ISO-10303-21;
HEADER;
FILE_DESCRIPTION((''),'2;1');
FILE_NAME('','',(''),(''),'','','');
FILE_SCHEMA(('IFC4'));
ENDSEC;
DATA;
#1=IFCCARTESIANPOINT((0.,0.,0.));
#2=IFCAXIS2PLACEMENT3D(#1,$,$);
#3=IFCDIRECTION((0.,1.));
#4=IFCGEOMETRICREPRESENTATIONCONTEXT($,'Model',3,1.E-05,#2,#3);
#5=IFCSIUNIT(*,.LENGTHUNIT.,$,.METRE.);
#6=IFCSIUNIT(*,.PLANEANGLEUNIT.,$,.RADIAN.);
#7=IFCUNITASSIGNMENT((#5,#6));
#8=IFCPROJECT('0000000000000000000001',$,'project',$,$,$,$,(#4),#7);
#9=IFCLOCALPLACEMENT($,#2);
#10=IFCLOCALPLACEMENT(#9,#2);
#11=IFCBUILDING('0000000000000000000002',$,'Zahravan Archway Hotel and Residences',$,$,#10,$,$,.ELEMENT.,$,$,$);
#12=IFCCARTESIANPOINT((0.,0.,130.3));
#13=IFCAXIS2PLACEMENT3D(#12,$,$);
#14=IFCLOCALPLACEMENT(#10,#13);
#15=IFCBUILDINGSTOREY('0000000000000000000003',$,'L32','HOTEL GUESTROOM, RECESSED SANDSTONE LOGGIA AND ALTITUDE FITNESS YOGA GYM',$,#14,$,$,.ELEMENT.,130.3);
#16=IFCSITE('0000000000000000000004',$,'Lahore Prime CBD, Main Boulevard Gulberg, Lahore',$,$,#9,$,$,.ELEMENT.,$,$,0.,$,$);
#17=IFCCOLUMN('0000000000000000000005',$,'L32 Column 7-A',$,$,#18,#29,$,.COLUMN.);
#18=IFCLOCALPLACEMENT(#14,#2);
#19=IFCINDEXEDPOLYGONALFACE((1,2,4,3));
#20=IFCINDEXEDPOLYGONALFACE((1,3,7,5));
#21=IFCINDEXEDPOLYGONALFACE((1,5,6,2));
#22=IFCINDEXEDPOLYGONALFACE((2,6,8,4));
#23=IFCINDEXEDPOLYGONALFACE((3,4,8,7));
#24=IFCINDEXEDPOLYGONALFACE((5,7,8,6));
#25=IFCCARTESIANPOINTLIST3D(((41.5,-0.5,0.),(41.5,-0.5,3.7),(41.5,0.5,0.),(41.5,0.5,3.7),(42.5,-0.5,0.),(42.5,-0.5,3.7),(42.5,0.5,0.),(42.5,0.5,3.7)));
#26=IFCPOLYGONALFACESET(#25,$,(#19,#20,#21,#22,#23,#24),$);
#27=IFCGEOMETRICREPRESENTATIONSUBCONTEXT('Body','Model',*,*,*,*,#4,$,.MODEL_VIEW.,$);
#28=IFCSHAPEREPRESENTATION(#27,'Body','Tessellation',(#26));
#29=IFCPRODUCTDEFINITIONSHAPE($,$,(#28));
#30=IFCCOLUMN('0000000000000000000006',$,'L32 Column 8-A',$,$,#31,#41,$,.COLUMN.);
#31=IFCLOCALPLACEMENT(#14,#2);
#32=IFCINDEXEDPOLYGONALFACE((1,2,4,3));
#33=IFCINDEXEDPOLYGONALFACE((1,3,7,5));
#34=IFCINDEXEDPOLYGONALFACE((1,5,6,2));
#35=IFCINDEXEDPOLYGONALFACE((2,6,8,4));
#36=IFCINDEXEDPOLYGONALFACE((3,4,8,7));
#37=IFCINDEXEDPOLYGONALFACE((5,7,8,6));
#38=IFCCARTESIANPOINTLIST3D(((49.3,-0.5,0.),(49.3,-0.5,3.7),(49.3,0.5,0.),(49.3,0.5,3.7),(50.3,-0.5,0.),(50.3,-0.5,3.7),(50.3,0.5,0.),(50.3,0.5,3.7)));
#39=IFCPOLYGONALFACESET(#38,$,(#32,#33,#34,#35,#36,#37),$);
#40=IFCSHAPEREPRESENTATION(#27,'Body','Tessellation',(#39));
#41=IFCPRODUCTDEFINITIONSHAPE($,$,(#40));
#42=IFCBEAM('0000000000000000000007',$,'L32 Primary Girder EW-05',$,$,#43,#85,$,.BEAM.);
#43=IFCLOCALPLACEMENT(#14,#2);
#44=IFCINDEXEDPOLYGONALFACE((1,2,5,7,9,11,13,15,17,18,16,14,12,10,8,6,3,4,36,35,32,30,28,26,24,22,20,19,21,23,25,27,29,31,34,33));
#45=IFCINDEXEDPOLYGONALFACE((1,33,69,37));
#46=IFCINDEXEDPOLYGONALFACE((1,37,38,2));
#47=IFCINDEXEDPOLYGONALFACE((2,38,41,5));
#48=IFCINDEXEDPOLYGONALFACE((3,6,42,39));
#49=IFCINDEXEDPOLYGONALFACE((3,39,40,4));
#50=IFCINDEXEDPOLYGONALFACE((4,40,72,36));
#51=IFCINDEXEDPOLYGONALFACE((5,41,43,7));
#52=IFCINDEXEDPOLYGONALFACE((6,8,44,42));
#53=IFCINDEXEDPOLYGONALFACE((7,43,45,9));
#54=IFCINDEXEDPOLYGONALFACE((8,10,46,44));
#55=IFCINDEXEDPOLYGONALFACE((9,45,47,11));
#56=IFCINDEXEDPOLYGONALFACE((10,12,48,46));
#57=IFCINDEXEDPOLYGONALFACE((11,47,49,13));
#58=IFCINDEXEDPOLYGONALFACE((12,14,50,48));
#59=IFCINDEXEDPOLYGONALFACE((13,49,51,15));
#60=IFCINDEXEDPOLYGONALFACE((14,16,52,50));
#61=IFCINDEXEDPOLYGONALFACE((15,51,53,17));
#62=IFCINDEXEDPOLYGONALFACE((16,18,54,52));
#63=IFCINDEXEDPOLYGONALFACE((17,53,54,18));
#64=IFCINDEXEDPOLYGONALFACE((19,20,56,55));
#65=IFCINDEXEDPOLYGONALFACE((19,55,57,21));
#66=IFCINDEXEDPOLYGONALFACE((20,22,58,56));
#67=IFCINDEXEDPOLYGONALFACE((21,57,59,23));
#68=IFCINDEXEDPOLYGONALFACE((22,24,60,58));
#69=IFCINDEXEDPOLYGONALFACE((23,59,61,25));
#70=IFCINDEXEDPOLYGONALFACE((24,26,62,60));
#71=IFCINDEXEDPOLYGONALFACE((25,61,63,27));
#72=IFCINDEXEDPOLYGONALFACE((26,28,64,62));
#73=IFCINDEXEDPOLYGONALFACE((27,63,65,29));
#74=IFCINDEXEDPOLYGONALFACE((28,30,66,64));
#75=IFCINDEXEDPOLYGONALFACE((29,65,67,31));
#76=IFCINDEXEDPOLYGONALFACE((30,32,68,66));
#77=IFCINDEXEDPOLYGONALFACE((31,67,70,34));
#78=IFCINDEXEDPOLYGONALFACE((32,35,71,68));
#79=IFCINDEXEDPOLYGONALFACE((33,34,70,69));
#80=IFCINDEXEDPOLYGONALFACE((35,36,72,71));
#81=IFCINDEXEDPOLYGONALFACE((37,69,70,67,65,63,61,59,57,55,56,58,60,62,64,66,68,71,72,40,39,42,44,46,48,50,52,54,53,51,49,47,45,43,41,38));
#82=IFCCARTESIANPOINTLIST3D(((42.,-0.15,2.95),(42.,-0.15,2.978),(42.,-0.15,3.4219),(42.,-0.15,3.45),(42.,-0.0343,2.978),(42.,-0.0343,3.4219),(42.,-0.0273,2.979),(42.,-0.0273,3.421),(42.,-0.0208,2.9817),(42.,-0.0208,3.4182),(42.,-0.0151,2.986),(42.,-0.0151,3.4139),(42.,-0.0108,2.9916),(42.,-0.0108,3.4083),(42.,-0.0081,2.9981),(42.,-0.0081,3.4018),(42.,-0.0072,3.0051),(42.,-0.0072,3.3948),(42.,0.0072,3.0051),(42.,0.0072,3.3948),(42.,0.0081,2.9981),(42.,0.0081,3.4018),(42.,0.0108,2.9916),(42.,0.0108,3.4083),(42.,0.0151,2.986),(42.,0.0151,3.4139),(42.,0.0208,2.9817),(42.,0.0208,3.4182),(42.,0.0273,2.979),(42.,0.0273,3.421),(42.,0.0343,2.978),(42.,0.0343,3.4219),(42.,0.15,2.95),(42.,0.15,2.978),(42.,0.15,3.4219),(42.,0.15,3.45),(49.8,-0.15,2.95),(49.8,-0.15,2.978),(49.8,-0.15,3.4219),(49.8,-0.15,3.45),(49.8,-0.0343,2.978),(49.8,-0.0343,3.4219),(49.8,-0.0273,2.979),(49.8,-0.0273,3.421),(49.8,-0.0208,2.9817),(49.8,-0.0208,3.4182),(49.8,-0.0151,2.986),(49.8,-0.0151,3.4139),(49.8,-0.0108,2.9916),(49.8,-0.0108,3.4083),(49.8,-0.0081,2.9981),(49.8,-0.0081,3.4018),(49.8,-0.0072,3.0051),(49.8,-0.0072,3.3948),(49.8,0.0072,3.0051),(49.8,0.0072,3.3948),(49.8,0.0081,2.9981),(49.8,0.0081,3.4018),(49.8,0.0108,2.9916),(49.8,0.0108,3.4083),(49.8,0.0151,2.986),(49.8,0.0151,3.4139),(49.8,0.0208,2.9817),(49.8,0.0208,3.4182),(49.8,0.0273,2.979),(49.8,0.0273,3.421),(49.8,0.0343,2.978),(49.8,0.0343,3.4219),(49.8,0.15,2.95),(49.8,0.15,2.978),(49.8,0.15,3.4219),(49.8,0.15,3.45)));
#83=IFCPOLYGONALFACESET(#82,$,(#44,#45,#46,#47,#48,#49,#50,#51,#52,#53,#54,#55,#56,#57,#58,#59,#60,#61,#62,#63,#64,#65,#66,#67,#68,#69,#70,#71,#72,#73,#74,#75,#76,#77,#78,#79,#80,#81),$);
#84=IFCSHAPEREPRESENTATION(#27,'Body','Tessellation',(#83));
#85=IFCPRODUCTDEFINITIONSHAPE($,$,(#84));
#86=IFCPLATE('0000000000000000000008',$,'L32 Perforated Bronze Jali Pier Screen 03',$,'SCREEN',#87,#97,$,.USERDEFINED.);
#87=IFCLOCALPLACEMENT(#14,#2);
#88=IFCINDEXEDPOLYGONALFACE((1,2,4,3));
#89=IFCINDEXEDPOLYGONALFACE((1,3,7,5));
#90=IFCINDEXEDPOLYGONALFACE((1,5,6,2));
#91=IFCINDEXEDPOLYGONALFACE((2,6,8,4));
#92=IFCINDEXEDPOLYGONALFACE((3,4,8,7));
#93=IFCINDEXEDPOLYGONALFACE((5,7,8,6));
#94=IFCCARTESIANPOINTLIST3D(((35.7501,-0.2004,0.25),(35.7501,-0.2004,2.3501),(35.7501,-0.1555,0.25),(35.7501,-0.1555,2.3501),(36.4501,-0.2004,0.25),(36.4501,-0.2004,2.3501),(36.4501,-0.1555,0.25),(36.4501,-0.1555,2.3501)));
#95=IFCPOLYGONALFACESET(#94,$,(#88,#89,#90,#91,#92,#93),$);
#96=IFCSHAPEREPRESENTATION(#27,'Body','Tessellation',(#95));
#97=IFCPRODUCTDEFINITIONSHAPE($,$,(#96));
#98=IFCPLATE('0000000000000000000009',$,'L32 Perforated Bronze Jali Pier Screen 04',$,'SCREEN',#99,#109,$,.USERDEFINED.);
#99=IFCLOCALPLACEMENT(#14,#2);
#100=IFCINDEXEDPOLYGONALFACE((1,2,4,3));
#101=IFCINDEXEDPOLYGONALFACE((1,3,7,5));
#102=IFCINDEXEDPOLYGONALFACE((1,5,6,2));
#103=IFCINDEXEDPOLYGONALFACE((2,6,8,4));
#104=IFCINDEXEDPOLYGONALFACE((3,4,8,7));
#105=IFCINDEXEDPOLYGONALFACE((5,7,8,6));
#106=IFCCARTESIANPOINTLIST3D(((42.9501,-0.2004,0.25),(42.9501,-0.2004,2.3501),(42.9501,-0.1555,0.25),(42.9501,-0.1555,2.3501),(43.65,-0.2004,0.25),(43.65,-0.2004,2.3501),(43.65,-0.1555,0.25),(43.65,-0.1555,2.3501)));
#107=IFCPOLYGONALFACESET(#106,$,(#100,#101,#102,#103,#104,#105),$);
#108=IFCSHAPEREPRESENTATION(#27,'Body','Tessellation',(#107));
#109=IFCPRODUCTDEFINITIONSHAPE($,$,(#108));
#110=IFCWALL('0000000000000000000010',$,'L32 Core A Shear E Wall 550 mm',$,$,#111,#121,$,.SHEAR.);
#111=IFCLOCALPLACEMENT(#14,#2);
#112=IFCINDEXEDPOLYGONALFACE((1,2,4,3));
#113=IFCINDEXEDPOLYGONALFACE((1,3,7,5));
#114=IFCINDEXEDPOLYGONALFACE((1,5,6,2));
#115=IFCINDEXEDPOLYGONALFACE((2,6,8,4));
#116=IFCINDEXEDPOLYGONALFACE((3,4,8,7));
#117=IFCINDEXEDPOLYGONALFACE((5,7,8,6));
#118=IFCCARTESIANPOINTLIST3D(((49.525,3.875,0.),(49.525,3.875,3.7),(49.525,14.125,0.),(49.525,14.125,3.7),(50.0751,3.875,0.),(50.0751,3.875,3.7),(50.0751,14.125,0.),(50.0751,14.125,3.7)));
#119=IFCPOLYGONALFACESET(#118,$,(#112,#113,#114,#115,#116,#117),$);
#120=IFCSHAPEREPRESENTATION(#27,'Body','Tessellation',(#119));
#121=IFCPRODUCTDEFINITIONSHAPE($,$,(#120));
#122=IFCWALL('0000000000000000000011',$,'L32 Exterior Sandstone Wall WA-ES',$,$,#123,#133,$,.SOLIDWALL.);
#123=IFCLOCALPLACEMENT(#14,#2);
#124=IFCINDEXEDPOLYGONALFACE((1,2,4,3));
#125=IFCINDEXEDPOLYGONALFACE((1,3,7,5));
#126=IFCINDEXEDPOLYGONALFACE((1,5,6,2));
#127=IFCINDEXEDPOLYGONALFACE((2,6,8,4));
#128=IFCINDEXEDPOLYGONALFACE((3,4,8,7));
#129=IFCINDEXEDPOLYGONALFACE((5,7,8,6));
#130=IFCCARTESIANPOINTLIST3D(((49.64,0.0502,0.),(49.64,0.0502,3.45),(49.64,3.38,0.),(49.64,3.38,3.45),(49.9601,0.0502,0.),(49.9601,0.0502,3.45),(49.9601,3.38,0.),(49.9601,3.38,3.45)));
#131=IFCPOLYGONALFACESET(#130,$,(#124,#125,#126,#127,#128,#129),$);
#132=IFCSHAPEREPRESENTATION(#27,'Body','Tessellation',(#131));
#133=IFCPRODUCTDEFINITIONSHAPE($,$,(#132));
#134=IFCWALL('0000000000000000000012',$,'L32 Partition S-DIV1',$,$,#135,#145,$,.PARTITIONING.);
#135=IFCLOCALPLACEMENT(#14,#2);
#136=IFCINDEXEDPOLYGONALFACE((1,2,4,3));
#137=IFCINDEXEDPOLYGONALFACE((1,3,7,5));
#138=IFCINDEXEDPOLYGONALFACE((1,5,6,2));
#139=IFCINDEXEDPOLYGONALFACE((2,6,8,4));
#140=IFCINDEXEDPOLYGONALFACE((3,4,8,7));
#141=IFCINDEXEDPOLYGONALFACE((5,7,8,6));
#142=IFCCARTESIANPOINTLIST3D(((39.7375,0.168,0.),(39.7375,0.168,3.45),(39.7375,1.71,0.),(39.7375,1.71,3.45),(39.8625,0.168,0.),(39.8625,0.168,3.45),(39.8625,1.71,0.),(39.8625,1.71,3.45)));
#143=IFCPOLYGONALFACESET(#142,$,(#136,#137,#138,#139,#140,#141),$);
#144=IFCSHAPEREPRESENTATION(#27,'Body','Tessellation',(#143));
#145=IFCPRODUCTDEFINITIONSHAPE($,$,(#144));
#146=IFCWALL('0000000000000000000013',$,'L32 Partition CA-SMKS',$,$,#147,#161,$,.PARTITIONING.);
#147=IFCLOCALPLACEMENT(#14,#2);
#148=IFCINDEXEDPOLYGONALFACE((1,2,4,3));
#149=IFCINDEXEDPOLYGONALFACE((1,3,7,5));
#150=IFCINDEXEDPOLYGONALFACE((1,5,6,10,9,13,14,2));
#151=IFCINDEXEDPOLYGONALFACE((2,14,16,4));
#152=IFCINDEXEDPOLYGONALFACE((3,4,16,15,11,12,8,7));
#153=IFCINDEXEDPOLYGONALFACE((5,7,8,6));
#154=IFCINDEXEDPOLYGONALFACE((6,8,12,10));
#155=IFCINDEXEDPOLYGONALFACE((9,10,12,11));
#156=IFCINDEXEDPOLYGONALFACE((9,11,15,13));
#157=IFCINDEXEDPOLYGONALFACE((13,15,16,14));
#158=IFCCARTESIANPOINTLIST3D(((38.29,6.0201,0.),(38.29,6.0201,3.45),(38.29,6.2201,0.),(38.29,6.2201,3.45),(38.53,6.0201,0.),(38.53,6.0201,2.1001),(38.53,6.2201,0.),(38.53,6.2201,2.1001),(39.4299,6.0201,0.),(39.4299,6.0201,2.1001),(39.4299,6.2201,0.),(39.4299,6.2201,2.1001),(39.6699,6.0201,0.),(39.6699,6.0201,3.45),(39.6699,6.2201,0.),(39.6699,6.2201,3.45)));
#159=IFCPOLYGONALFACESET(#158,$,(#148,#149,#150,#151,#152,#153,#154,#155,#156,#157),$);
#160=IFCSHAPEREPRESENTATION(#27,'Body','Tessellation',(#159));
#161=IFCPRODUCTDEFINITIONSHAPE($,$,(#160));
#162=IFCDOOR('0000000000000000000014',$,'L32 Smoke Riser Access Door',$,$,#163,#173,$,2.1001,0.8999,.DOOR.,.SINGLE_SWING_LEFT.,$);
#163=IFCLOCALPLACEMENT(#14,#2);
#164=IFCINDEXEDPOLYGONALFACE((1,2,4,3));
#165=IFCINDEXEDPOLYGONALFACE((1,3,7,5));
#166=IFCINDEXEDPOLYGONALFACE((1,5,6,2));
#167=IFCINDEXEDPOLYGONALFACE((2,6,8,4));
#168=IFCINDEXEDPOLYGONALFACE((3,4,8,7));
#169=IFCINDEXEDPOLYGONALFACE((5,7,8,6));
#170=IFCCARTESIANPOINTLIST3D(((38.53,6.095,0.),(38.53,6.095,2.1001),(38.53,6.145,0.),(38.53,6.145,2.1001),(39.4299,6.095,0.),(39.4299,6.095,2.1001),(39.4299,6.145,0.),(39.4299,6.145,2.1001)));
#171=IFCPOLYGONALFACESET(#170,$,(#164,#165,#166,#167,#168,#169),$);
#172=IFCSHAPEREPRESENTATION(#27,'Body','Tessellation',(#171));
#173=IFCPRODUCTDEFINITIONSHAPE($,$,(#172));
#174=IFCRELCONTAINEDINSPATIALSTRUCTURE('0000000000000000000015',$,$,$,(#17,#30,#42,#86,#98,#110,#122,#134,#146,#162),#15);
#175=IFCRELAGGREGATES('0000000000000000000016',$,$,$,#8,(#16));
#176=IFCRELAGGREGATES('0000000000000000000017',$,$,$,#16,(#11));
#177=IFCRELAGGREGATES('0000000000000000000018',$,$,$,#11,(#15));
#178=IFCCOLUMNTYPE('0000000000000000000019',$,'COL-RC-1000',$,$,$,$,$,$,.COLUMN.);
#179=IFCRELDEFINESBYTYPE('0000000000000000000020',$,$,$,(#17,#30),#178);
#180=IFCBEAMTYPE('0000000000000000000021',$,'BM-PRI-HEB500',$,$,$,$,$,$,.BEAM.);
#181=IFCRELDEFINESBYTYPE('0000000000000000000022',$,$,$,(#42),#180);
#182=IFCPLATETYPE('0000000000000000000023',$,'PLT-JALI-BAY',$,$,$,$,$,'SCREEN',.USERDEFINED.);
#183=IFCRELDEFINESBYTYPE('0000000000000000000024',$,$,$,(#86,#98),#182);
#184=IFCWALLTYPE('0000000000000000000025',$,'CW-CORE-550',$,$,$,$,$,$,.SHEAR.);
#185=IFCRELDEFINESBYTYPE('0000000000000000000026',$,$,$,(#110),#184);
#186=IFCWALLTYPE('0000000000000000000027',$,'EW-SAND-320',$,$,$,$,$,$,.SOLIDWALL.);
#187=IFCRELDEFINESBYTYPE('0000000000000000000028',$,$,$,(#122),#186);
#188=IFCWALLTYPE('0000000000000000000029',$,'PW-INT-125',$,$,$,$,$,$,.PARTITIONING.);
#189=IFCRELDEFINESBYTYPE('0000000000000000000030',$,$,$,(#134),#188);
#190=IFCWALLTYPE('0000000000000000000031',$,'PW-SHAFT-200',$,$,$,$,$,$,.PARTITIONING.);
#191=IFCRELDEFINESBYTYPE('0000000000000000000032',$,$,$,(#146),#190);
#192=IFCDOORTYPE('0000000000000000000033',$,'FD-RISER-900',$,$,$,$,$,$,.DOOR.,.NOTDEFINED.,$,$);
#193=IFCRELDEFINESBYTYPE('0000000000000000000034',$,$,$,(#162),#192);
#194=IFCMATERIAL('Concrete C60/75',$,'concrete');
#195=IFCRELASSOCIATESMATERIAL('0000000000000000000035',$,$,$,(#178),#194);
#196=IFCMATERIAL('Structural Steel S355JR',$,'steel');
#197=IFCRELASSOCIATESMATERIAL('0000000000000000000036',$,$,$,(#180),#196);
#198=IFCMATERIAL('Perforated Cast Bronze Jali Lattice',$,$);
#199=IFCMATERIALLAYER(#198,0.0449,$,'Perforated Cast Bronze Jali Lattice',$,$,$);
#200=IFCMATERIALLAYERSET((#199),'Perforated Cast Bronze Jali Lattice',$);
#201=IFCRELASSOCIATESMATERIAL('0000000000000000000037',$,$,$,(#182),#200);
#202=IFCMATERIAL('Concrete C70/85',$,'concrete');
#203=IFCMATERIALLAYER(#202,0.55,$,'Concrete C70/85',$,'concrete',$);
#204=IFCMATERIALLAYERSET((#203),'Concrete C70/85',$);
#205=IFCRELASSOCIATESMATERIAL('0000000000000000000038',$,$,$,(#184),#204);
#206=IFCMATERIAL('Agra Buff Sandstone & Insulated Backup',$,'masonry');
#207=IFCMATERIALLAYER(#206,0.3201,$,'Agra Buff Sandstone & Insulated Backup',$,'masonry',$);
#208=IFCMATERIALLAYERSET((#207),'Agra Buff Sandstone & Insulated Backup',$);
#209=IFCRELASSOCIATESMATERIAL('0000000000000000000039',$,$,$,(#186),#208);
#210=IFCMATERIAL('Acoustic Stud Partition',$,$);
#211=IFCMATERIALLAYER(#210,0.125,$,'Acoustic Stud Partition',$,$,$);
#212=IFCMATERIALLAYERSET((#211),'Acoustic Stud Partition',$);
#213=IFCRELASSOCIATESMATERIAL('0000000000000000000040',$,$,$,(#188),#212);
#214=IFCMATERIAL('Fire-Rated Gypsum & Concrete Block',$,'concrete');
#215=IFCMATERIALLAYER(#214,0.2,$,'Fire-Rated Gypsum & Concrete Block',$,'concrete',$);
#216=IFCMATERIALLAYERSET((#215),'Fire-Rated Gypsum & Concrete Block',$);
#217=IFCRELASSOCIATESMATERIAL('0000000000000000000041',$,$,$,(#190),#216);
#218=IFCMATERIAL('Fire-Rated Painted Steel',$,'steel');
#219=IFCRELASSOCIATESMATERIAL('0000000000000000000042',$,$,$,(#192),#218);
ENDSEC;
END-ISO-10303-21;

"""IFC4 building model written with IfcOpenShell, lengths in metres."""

from ifc_helpers import new_model, si_unit, direction, frame, frame_2d, origin, origin_2d, place, context, subcontext, project, spatial, rectangle, i_section, extrude, source, transform, mapped, material, layer, layer_set, material_profile, profile_set, type_object, type_shapes, element, fill, save


model = new_model("IFC4")

# Units and contexts
model_context = context("Model", 3, precision=1e-05, world=origin(), true_north=direction((0.0, 1.0)))
body_context = subcontext(model_context, "Body", "Model", "MODEL_VIEW")
ifc_project = project(units=[si_unit("LENGTHUNIT", "METRE"), si_unit("PLANEANGLEUNIT", "RADIAN")], contexts=[model_context])

# Site, building, storey
site_placement = place(None, origin())
site = spatial("IfcSite", under=ifc_project, at=site_placement, Name="Lahore Prime CBD, Main Boulevard Gulberg, Lahore", CompositionType="ELEMENT", RefElevation=0.0)
building_placement = place(site_placement, origin())
building = spatial("IfcBuilding", under=site, at=building_placement, Name="Zahravan Archway Hotel and Residences", CompositionType="ELEMENT")
storey_placement = place(building_placement, frame((0.0, 0.0, 130.3)))
storey = spatial("IfcBuildingStorey", under=building, at=storey_placement, Name="L32", Description="HOTEL GUESTROOM, RECESSED SANDSTONE LOGGIA AND ALTITUDE FITNESS YOGA GYM", CompositionType="ELEMENT", Elevation=130.3)

# Columns
ifc_material_1 = material(Name="Concrete C60/75", Category="concrete")
ifc_material_profile_1 = material_profile(ifc_material_1, rectangle(XDim=1.0, YDim=1.0, at=origin_2d()), Name="RC-COL-1000x1000", Category="concrete")
ifc_profile_set_1 = profile_set([ifc_material_profile_1], Name="Concrete C60/75")
column_type = type_object("IfcColumnType", Name="COL-RC-1000", PredefinedType="COLUMN", material=ifc_profile_set_1)
shared_shape_1 = source(origin(), body_context, "Body", "SweptSolid", [
    extrude(rectangle(XDim=1.0, YDim=1.0, at=origin_2d()), origin(), (0.0, 0.0, 1.0), 3.7),
])
type_shapes(column_type, [shared_shape_1])
for number, where, z_axis, x_axis, name in (
    (1, (42.0, 0.0, 0.0), (0.0, 0.0, 1.0), (1.0, 0.0, 0.0), "L32 Column 7-A"),
    (2, (49.8, 0.0, 0.0), (0.0, 0.0, 1.0), (1.0, 0.0, 0.0), "L32 Column 8-A"),
):
    element("IfcColumn", number, at=place(storey_placement, frame(where, z_axis=z_axis, x_axis=x_axis)), inside=storey, type_object=column_type, Name=name, PredefinedType="COLUMN", context=body_context, shape_type="MappedRepresentation", body=[
        mapped(shared_shape_1, transform((0.0, 0.0, 0.0), scale=1.0)),
    ])

# Beam
ifc_material_2 = material(Name="Structural Steel S355JR", Category="steel")
ifc_material_profile_2 = material_profile(ifc_material_2, i_section(OverallWidth=0.3, OverallDepth=0.5, WebThickness=0.0144, FlangeThickness=0.0281, FilletRadius=0.0271, at=origin_2d()), Name="HEB 500", Category="steel")
ifc_profile_set_2 = profile_set([ifc_material_profile_2], Name="Structural Steel S355JR")
beam_type = type_object("IfcBeamType", Name="BM-PRI-HEB500", PredefinedType="BEAM", material=ifc_profile_set_2)
shared_shape_2 = source(origin(), body_context, "Body", "SweptSolid", [
    extrude(i_section(OverallWidth=0.3, OverallDepth=0.5, WebThickness=0.0144, FlangeThickness=0.0281, FilletRadius=0.0271, at=origin_2d()), origin(), (0.0, 0.0, 1.0), 7.8),
])
beam_placement = place(storey_placement, frame((42.0, 0.0, 3.2), z_axis=(1.0, 0.0, 0.0), x_axis=(0.0, 1.0, 0.0)))
element("IfcBeam", 3, at=beam_placement, inside=storey, type_object=beam_type, Name="L32 Primary Girder EW-05", PredefinedType="BEAM", context=body_context, shape_type="MappedRepresentation", body=[
    mapped(shared_shape_2, transform((0.0, 0.0, 0.0), scale=1.0)),
])

# Plates
ifc_material_3 = material(Name="Perforated Cast Bronze Jali Lattice")
ifc_layer_1 = layer(ifc_material_3, 0.0449, Name="Perforated Cast Bronze Jali Lattice")
ifc_layer_set_1 = layer_set([ifc_layer_1], Name="Perforated Cast Bronze Jali Lattice")
plate_type = type_object("IfcPlateType", Name="PLT-JALI-BAY", ElementType="SCREEN", PredefinedType="USERDEFINED", material=ifc_layer_set_1)
shared_shape_3 = source(origin(), body_context, "Body", "SweptSolid", [
    extrude(rectangle(XDim=0.7, YDim=0.0449, at=origin_2d()), origin(), (0.0, 0.0, 1.0), 2.1001),
])
type_shapes(plate_type, [shared_shape_3])
for number, where, z_axis, x_axis, name in (
    (4, (36.1001, -0.178, 0.25), (0.0, 0.0, 1.0), (1.0, 0.0, 0.0), "L32 Perforated Bronze Jali Pier Screen 03"),
    (5, (43.3, -0.178, 0.25), (0.0, 0.0, 1.0), (1.0, 0.0, 0.0), "L32 Perforated Bronze Jali Pier Screen 04"),
):
    element("IfcPlate", number, at=place(storey_placement, frame(where, z_axis=z_axis, x_axis=x_axis)), inside=storey, type_object=plate_type, Name=name, ObjectType="SCREEN", PredefinedType="USERDEFINED", context=body_context, shape_type="MappedRepresentation", body=[
        mapped(shared_shape_3, transform((0.0, 0.0, 0.0), scale=1.0)),
    ])

# Walls
ifc_material_4 = material(Name="Concrete C70/85", Category="concrete")
ifc_layer_2 = layer(ifc_material_4, 0.55, Name="Concrete C70/85", Category="concrete")
ifc_layer_set_2 = layer_set([ifc_layer_2], Name="Concrete C70/85")
wall_type_1 = type_object("IfcWallType", Name="CW-CORE-550", PredefinedType="SHEAR", material=ifc_layer_set_2)
wall_1_placement = place(storey_placement, frame((49.8, 3.875, 0.0), z_axis=(0.0, 0.0, 1.0), x_axis=(0.0, 1.0, 0.0)))
element("IfcWall", 6, at=wall_1_placement, inside=storey, type_object=wall_type_1, Name="L32 Core A Shear E Wall 550 mm", PredefinedType="SHEAR", context=body_context, shape_type="SweptSolid", body=[
    extrude(rectangle(XDim=10.25, YDim=0.55, at=frame_2d((5.125, 0.0))), origin(), (0.0, 0.0, 1.0), 3.7),
])
ifc_material_5 = material(Name="Agra Buff Sandstone & Insulated Backup", Category="masonry")
ifc_layer_3 = layer(ifc_material_5, 0.3201, Name="Agra Buff Sandstone & Insulated Backup", Category="masonry")
ifc_layer_set_3 = layer_set([ifc_layer_3], Name="Agra Buff Sandstone & Insulated Backup")
wall_type_2 = type_object("IfcWallType", Name="EW-SAND-320", PredefinedType="SOLIDWALL", material=ifc_layer_set_3)
wall_2_placement = place(storey_placement, frame((49.8, 0.05, 0.0), z_axis=(0.0, 0.0, 1.0), x_axis=(0.0, 1.0, 0.0)))
element("IfcWall", 7, at=wall_2_placement, inside=storey, type_object=wall_type_2, Name="L32 Exterior Sandstone Wall WA-ES", PredefinedType="SOLIDWALL", context=body_context, shape_type="SweptSolid", body=[
    extrude(rectangle(XDim=3.3298, YDim=0.3201, at=frame_2d((1.665, 0.0))), origin(), (0.0, 0.0, 1.0), 3.45),
])
ifc_material_6 = material(Name="Acoustic Stud Partition")
ifc_layer_4 = layer(ifc_material_6, 0.125, Name="Acoustic Stud Partition")
ifc_layer_set_4 = layer_set([ifc_layer_4], Name="Acoustic Stud Partition")
wall_type_3 = type_object("IfcWallType", Name="PW-INT-125", PredefinedType="PARTITIONING", material=ifc_layer_set_4)
wall_3_placement = place(storey_placement, frame((39.8, 0.168, 0.0), z_axis=(0.0, 0.0, 1.0), x_axis=(0.0, 1.0, 0.0)))
element("IfcWall", 8, at=wall_3_placement, inside=storey, type_object=wall_type_3, Name="L32 Partition S-DIV1", PredefinedType="PARTITIONING", context=body_context, shape_type="SweptSolid", body=[
    extrude(rectangle(XDim=1.542, YDim=0.125, at=frame_2d((0.771, 0.0))), origin(), (0.0, 0.0, 1.0), 3.45),
])

# Wall, opening, door
ifc_material_7 = material(Name="Fire-Rated Gypsum & Concrete Block", Category="concrete")
ifc_layer_5 = layer(ifc_material_7, 0.2, Name="Fire-Rated Gypsum & Concrete Block", Category="concrete")
ifc_layer_set_5 = layer_set([ifc_layer_5], Name="Fire-Rated Gypsum & Concrete Block")
wall_type_4 = type_object("IfcWallType", Name="PW-SHAFT-200", PredefinedType="PARTITIONING", material=ifc_layer_set_5)
wall_4_placement = place(storey_placement, frame((38.29, 6.1201, 0.0), z_axis=(0.0, 0.0, 1.0), x_axis=(1.0, 0.0, 0.0)))
wall_4 = element("IfcWall", 9, at=wall_4_placement, inside=storey, type_object=wall_type_4, Name="L32 Partition CA-SMKS", PredefinedType="PARTITIONING", context=body_context, shape_type="SweptSolid", body=[
    extrude(rectangle(XDim=1.3799, YDim=0.2, at=frame_2d((0.6899, 0.0))), origin(), (0.0, 0.0, 1.0), 3.45),
])
opening_1_placement = place(wall_4_placement, frame((0.24, 0.0, 0.0)))
opening_1 = element("IfcOpeningElement", 10, at=opening_1_placement, cuts=wall_4, PredefinedType="OPENING", context=body_context, shape_type="SweptSolid", body=[
    extrude(rectangle(XDim=0.8999, YDim=2.1001, at=frame_2d((0.45, 1.05))), frame((0.0, 0.1099, 0.0), z_axis=(0.0, -1.0, 0.0), x_axis=(1.0, 0.0, 0.0)), (0.0, 0.0, 1.0), 0.22),
])
ifc_material_8 = material(Name="Fire-Rated Painted Steel", Category="steel")
door_type = type_object("IfcDoorType", Name="FD-RISER-900", OperationType="NOTDEFINED", PredefinedType="DOOR", material=ifc_material_8)
shared_shape_4 = source(origin(), body_context, "Body", "SweptSolid", [
    extrude(rectangle(XDim=0.8999, YDim=2.1001, at=frame_2d((0.45, 1.05))), frame((0.0, 0.0249, 0.0), z_axis=(0.0, -1.0, 0.0), x_axis=(1.0, 0.0, 0.0)), (0.0, 0.0, 1.0), 0.05),
])
type_shapes(door_type, [shared_shape_4])
door_1_placement = place(opening_1_placement, origin())
door_1 = element("IfcDoor", 11, at=door_1_placement, inside=storey, type_object=door_type, Name="L32 Smoke Riser Access Door", OperationType="SINGLE_SWING_LEFT", OverallHeight=2.1001, OverallWidth=0.8999, PredefinedType="DOOR", context=body_context, shape_type="MappedRepresentation", body=[
    mapped(shared_shape_4, transform((0.0, 0.0, 0.0), scale=1.0)),
])
fill(opening_1, door_1)

save(model, "model.ifc")
